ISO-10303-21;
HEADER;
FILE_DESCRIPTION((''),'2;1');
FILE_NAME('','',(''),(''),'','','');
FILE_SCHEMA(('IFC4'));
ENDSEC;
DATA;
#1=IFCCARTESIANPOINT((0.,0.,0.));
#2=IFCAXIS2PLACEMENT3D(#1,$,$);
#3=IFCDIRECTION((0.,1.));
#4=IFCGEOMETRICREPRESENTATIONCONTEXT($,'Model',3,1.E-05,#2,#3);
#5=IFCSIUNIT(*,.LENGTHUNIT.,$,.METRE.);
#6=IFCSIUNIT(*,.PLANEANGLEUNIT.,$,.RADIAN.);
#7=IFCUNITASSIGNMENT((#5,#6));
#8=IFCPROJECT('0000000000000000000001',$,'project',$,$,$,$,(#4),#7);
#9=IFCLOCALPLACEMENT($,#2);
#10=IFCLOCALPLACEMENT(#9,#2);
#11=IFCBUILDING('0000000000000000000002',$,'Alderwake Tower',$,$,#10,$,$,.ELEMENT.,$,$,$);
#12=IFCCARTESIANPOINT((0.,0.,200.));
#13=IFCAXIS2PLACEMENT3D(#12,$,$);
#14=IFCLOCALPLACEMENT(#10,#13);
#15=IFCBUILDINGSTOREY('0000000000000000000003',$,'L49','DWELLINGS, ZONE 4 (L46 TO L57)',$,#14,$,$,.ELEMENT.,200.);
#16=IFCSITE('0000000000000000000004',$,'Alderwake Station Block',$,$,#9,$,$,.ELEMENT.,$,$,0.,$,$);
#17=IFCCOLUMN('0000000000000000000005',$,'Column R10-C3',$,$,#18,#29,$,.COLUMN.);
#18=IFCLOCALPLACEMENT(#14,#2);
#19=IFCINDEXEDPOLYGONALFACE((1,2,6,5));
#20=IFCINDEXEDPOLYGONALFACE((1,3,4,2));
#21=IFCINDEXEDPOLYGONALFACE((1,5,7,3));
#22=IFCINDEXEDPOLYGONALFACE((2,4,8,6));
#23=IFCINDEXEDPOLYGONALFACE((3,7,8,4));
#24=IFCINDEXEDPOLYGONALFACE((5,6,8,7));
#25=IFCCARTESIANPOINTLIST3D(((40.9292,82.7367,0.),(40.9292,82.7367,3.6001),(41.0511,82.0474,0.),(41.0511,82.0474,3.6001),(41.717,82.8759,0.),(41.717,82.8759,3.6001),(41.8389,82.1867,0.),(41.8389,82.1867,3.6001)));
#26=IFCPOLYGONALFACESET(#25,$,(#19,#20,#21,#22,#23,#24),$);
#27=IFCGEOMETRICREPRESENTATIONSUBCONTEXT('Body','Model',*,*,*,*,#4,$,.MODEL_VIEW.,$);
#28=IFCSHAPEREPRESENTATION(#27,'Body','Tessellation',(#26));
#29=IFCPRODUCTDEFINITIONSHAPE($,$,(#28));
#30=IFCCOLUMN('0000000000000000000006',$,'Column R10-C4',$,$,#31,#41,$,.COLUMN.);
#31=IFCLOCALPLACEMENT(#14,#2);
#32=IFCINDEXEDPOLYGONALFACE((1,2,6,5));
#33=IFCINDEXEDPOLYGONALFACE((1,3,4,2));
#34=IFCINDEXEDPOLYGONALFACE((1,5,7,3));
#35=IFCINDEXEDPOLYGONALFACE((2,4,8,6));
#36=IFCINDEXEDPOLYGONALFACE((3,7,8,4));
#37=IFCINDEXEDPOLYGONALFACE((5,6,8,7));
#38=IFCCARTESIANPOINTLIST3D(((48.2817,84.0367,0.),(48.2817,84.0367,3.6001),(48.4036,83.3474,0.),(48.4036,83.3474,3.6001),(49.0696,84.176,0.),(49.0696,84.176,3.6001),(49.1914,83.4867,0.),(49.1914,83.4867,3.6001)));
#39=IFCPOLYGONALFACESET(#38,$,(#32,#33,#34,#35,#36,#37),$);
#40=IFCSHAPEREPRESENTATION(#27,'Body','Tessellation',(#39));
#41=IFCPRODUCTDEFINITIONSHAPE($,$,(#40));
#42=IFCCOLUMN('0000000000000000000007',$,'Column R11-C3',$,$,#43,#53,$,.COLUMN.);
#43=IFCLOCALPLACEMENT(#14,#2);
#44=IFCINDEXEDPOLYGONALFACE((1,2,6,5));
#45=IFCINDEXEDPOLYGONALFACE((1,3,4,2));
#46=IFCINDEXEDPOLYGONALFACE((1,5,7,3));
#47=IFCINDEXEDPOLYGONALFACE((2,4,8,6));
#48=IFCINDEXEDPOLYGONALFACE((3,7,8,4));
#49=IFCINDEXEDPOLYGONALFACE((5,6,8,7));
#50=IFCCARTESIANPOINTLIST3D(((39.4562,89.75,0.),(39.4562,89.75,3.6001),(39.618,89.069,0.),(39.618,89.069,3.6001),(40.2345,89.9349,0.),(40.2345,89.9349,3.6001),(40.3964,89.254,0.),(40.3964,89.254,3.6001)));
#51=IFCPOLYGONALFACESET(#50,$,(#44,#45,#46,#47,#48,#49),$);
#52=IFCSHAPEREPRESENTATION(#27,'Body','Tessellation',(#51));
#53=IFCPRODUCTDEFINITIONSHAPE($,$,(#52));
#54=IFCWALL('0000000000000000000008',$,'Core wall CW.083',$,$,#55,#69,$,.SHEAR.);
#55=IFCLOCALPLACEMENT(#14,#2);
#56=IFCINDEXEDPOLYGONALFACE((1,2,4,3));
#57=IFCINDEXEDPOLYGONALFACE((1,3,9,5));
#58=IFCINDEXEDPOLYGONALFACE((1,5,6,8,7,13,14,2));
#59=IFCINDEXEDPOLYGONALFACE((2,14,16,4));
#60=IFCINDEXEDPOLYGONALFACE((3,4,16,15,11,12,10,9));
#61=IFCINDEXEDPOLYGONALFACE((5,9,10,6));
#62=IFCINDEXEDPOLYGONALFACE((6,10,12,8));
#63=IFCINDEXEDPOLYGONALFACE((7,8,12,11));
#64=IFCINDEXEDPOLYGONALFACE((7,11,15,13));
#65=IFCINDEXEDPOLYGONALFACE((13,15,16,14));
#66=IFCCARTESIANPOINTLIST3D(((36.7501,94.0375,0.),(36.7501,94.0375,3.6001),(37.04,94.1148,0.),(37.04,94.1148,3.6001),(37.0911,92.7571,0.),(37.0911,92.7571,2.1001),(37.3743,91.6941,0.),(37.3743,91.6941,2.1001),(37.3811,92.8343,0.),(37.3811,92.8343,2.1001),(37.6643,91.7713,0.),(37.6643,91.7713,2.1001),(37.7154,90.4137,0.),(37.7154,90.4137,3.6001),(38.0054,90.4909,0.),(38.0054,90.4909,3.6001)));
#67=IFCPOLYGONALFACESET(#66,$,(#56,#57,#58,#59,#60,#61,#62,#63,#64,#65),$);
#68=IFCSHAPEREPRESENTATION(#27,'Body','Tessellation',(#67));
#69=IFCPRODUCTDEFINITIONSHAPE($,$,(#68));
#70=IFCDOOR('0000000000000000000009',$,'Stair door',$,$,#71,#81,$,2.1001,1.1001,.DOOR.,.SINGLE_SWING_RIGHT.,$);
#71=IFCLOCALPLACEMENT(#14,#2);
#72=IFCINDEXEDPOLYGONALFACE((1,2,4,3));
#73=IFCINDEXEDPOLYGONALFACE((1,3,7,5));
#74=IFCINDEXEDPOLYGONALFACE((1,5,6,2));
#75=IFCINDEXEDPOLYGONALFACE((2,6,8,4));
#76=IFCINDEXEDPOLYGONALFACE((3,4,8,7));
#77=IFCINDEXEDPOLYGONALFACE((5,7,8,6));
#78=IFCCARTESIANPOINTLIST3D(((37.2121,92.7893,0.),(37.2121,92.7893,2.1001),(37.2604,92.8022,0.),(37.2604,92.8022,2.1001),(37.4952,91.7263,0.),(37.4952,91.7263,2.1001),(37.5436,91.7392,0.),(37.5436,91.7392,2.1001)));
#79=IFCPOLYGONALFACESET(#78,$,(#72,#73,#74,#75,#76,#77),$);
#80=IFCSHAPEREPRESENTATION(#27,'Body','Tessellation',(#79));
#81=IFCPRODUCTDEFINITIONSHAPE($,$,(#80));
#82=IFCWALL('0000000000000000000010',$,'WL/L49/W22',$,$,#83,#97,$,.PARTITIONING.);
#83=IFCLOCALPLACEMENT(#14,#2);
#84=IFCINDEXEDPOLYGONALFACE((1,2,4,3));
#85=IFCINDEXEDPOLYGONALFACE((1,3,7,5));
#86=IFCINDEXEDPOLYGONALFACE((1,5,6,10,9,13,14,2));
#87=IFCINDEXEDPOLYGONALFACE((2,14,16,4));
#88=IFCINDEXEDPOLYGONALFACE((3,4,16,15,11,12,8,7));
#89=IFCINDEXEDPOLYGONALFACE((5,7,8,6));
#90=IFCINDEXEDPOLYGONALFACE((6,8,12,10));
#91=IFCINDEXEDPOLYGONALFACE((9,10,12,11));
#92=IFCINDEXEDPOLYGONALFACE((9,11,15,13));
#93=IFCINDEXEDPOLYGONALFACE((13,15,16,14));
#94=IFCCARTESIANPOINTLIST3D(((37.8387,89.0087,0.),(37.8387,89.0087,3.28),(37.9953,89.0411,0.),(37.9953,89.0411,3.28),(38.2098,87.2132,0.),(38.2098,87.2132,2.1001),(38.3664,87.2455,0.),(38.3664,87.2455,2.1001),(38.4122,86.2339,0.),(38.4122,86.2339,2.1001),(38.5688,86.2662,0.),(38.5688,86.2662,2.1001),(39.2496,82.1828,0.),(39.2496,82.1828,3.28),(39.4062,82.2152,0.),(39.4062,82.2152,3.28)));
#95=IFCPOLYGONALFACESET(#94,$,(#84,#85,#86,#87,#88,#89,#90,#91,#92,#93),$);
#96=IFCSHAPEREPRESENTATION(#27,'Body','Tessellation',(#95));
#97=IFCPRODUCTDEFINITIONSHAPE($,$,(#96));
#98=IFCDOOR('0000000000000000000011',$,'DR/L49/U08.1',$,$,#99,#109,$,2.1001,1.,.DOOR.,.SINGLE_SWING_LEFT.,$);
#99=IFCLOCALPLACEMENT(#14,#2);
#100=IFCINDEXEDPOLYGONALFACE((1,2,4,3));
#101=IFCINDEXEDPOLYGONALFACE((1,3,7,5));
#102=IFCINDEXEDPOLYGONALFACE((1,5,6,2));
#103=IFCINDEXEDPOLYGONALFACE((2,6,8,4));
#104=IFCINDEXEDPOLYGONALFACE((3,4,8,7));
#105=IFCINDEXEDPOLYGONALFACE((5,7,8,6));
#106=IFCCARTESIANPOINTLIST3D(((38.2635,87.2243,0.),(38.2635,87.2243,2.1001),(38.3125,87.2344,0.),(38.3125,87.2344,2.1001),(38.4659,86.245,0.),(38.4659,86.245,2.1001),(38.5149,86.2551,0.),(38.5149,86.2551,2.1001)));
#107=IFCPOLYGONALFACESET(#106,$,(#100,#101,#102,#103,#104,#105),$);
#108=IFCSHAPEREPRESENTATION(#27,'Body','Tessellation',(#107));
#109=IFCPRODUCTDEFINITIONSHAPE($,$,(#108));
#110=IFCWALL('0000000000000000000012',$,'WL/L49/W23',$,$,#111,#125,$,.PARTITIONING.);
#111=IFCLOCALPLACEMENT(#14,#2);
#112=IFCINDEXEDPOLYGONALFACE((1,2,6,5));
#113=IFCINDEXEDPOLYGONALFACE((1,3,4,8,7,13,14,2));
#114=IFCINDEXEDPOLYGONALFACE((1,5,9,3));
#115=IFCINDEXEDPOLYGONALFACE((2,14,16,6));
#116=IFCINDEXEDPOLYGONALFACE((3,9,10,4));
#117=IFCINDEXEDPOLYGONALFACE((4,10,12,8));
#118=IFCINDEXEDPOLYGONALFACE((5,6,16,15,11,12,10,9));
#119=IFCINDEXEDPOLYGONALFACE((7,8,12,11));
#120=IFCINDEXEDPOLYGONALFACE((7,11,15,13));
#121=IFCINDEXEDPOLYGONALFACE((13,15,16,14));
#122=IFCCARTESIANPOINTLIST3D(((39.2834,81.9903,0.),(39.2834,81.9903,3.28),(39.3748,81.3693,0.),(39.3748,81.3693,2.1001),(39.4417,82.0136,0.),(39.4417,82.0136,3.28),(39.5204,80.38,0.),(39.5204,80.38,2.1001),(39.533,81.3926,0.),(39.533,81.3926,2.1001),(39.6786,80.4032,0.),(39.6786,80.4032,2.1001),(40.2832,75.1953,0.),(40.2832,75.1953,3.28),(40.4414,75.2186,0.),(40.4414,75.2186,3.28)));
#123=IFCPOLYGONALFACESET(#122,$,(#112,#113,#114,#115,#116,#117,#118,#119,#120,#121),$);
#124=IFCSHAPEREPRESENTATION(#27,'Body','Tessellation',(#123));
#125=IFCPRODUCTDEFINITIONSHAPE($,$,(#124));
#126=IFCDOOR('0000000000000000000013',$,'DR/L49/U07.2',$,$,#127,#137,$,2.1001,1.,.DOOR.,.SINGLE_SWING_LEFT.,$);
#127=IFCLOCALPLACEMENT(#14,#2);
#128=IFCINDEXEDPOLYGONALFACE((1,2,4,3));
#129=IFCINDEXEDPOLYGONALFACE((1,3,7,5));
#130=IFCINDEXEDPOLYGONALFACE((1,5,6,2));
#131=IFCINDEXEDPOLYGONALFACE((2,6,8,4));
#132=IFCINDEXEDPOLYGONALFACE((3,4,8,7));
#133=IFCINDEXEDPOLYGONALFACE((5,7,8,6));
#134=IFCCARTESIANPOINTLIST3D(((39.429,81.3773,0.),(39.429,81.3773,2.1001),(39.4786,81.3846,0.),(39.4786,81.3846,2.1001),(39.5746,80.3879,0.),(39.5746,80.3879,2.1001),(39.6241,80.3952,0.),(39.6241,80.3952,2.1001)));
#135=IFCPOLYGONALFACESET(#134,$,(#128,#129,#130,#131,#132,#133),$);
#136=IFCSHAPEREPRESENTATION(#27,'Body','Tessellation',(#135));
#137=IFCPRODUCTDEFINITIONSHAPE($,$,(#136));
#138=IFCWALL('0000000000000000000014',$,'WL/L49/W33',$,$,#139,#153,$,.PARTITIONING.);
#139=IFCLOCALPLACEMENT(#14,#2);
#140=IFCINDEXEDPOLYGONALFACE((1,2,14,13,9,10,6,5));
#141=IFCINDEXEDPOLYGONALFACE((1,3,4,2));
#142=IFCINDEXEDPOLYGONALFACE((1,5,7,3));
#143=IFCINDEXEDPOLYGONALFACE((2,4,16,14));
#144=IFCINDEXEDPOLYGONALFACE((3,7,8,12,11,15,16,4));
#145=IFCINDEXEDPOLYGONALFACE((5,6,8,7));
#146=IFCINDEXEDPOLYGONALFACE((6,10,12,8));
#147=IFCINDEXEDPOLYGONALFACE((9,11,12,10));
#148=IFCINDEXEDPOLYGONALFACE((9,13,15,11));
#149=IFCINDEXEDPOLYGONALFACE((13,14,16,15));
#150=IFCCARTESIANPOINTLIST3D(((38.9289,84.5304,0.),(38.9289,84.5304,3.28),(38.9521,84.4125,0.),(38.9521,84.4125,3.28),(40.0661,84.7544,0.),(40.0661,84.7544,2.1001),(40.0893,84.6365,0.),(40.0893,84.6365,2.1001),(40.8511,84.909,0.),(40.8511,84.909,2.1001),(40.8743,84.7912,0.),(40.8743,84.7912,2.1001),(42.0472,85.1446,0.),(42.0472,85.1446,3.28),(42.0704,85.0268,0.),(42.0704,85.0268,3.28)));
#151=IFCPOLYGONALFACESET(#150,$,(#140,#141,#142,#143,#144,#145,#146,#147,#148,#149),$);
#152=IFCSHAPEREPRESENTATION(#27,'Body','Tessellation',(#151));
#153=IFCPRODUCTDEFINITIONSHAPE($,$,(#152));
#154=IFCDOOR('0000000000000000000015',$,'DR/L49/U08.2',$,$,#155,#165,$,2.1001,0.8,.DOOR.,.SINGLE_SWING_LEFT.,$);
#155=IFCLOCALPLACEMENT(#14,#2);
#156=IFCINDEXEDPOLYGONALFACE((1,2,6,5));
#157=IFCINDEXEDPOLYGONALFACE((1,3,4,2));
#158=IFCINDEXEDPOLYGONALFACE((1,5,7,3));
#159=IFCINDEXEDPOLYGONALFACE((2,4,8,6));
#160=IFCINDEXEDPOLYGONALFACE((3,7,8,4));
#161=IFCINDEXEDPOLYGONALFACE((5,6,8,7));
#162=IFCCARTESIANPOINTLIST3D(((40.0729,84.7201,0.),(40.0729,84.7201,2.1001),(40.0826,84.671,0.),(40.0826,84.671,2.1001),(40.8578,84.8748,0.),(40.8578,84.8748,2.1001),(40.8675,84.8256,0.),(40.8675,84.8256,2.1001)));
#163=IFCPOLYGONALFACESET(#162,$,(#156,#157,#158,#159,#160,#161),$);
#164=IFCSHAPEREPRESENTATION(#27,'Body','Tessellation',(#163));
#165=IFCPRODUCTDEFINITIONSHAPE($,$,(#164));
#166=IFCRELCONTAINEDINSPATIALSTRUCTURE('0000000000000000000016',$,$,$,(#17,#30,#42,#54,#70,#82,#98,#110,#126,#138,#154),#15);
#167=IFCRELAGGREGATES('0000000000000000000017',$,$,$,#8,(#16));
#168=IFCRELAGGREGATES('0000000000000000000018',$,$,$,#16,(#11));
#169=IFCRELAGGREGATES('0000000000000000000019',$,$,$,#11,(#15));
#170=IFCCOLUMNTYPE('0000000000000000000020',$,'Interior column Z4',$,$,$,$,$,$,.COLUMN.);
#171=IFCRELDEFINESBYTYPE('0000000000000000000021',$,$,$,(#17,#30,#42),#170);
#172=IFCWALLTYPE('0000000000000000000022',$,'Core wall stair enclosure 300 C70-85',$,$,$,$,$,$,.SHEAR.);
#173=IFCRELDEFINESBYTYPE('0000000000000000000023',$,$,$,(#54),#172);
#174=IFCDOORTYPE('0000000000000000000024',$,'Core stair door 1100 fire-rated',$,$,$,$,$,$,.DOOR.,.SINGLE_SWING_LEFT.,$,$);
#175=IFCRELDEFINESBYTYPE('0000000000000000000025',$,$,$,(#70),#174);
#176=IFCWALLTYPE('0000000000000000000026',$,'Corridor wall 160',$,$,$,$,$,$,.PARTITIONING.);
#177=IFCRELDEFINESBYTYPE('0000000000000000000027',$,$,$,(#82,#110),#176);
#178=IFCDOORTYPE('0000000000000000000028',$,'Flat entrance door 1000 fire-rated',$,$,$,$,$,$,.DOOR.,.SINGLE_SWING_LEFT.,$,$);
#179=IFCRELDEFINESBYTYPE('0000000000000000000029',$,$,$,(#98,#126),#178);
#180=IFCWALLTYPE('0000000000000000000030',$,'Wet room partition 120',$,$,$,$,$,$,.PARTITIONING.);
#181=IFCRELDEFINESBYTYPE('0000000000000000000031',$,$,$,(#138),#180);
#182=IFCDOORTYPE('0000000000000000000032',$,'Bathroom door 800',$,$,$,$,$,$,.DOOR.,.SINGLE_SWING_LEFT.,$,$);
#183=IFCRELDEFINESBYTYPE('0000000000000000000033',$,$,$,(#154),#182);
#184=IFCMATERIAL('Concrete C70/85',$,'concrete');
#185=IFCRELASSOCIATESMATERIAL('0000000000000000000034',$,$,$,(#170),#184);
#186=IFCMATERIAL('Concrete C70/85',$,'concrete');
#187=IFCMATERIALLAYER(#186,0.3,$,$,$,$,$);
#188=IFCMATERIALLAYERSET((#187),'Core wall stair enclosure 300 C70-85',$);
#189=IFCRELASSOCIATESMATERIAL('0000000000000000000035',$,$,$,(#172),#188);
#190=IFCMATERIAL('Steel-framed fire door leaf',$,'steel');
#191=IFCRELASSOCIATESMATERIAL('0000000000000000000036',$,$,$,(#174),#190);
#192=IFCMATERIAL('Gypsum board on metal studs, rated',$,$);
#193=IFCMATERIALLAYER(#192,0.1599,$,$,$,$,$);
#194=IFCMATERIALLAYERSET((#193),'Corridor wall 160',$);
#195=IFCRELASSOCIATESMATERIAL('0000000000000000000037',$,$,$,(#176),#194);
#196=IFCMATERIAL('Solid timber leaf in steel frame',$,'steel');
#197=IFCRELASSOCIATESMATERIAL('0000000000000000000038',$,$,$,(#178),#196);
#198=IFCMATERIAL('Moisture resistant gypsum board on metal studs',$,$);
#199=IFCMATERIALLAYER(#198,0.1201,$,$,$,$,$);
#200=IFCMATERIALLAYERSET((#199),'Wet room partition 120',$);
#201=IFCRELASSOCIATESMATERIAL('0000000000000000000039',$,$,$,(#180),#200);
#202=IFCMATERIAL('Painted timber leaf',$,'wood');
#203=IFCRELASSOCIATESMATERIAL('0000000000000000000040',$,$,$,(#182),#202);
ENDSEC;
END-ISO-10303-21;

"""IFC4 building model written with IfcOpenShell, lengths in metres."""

from ifc_helpers import new_model, si_unit, direction, frame, frame_2d, origin, origin_2d, place, context, subcontext, project, spatial, rectangle, extrude, material, layer, layer_set, material_profile, profile_set, type_object, element, fill, save


model = new_model("IFC4")

# Units and contexts
model_context = context("Model", 3, precision=1e-05, world=origin(), true_north=direction((0.0, 1.0)))
body_context = subcontext(model_context, "Body", "Model", "MODEL_VIEW")
ifc_project = project(units=[si_unit("LENGTHUNIT", "METRE"), si_unit("PLANEANGLEUNIT", "RADIAN")], contexts=[model_context])

# Site, building, storey
site_placement = place(None, origin())
site = spatial("IfcSite", under=ifc_project, at=site_placement, Name="Alderwake Station Block", CompositionType="ELEMENT", RefElevation=0.0)
building_placement = place(site_placement, origin())
building = spatial("IfcBuilding", under=site, at=building_placement, Name="Alderwake Tower", CompositionType="ELEMENT")
storey_placement = place(building_placement, frame((0.0, 0.0, 200.0)))
storey = spatial("IfcBuildingStorey", under=building, at=storey_placement, Name="L49", Description="DWELLINGS, ZONE 4 (L46 TO L57)", CompositionType="ELEMENT", Elevation=200.0)

# Columns
ifc_material_1 = material(Name="Concrete C70/85", Category="concrete")
ifc_material_profile = material_profile(ifc_material_1, rectangle(XDim=0.7, YDim=0.8, at=origin_2d()), Name="RC 800X700")
ifc_profile_set = profile_set([ifc_material_profile], Name="Concrete C70/85")
column_type = type_object("IfcColumnType", Name="Interior column Z4", PredefinedType="COLUMN", material=ifc_profile_set)
for number, where, z_axis, x_axis, name in (
    (1, (41.384, 82.4617, 0.0), (0.0, 0.0, 1.0), (-0.174107, 0.984727, 0.0), "Column R10-C3"),
    (2, (48.7366, 83.7617, 0.0), (0.0, 0.0, 1.0), (-0.174107, 0.984727, 0.0), "Column R10-C4"),
    (3, (39.9263, 89.502, 0.0), (0.0, 0.0, 1.0), (-0.231222, 0.972901, 0.0), "Column R11-C3"),
):
    element("IfcColumn", number, at=place(storey_placement, frame(where, z_axis=z_axis, x_axis=x_axis)), inside=storey, type_object=column_type, Name=name, PredefinedType="COLUMN", context=body_context, shape_type="SweptSolid", body=[
        extrude(rectangle(XDim=0.7, YDim=0.8, at=origin_2d()), origin(), (0.0, 0.0, 1.0), 3.6001),
    ])

# Walls, openings, doors
ifc_material_2 = material(Name="Concrete C70/85", Category="concrete")
ifc_layer_1 = layer(ifc_material_2, 0.3)
ifc_layer_set_1 = layer_set([ifc_layer_1], Name="Core wall stair enclosure 300 C70-85")
wall_type_1 = type_object("IfcWallType", Name="Core wall stair enclosure 300 C70-85", PredefinedType="SHEAR", material=ifc_layer_set_1)
wall_1_placement = place(storey_placement, frame((37.8604, 90.4524, 0.0), z_axis=(0.0, 0.0, 1.0), x_axis=(-0.257411, 0.966302, 0.0)))
wall_1 = element("IfcWall", 4, at=wall_1_placement, inside=storey, type_object=wall_type_1, Name="Core wall CW.083", PredefinedType="SHEAR", context=body_context, shape_type="SweptSolid", body=[
    extrude(rectangle(XDim=3.7502, YDim=0.3, at=frame_2d((1.875, 0.0))), origin(), (0.0, 0.0, 1.0), 3.6001),
])
opening_1_placement = place(wall_1_placement, frame((1.325, 0.0, 0.0)))
opening_1 = element("IfcOpeningElement", 5, at=opening_1_placement, cuts=wall_1, PredefinedType="OPENING", context=body_context, shape_type="SweptSolid", body=[
    extrude(rectangle(XDim=1.1001, YDim=2.1001, at=frame_2d((0.55, 1.05))), frame((0.0, 0.1599, 0.0), z_axis=(0.0, -1.0, 0.0), x_axis=(1.0, 0.0, 0.0)), (0.0, 0.0, 1.0), 0.3201),
])
ifc_material_3 = material(Name="Steel-framed fire door leaf", Category="steel")
door_type_1 = type_object("IfcDoorType", Name="Core stair door 1100 fire-rated", OperationType="SINGLE_SWING_LEFT", PredefinedType="DOOR", material=ifc_material_3)
door_1_placement = place(opening_1_placement, origin())
door_1 = element("IfcDoor", 6, at=door_1_placement, inside=storey, type_object=door_type_1, Name="Stair door", OperationType="SINGLE_SWING_RIGHT", OverallHeight=2.1001, OverallWidth=1.1001, PredefinedType="DOOR", context=body_context, shape_type="SweptSolid", body=[
    extrude(rectangle(XDim=1.1001, YDim=2.1001, at=frame_2d((0.55, 1.05))), frame((0.0, 0.0249, 0.0), z_axis=(0.0, -1.0, 0.0), x_axis=(1.0, 0.0, 0.0)), (0.0, 0.0, 1.0), 0.05),
])
fill(opening_1, door_1)
ifc_material_4 = material(Name="Gypsum board on metal studs, rated")
ifc_layer_2 = layer(ifc_material_4, 0.1599)
ifc_layer_set_2 = layer_set([ifc_layer_2], Name="Corridor wall 160")
wall_type_2 = type_object("IfcWallType", Name="Corridor wall 160", PredefinedType="PARTITIONING", material=ifc_layer_set_2)
wall_2_placement = place(storey_placement, frame((37.917, 89.0249, 0.0), z_axis=(0.0, 0.0, 1.0), x_axis=(0.202417, -0.979299, 0.0)))
wall_2 = element("IfcWall", 7, at=wall_2_placement, inside=storey, type_object=wall_type_2, Name="WL/L49/W22", PredefinedType="PARTITIONING", context=body_context, shape_type="SweptSolid", body=[
    extrude(rectangle(XDim=6.9702, YDim=0.1599, at=frame_2d((3.4851, 0.0))), origin(), (0.0, 0.0, 1.0), 3.28),
])
opening_2_placement = place(wall_2_placement, frame((1.8335, 0.0, 0.0)))
opening_2 = element("IfcOpeningElement", 8, at=opening_2_placement, cuts=wall_2, PredefinedType="OPENING", context=body_context, shape_type="SweptSolid", body=[
    extrude(rectangle(XDim=1.0, YDim=2.1001, at=frame_2d((0.5, 1.05))), frame((0.0, 0.0898, 0.0), z_axis=(0.0, -1.0, 0.0), x_axis=(1.0, 0.0, 0.0)), (0.0, 0.0, 1.0), 0.1799),
])
ifc_material_5 = material(Name="Solid timber leaf in steel frame", Category="steel")
door_type_2 = type_object("IfcDoorType", Name="Flat entrance door 1000 fire-rated", OperationType="SINGLE_SWING_LEFT", PredefinedType="DOOR", material=ifc_material_5)
door_2_placement = place(opening_2_placement, origin())
door_2 = element("IfcDoor", 9, at=door_2_placement, inside=storey, type_object=door_type_2, Name="DR/L49/U08.1", OperationType="SINGLE_SWING_LEFT", OverallHeight=2.1001, OverallWidth=1.0, PredefinedType="DOOR", context=body_context, shape_type="SweptSolid", body=[
    extrude(rectangle(XDim=1.0, YDim=2.1001, at=frame_2d((0.5, 1.05))), frame((0.0, 0.0249, 0.0), z_axis=(0.0, -1.0, 0.0), x_axis=(1.0, 0.0, 0.0)), (0.0, 0.0, 1.0), 0.05),
])
fill(opening_2, door_2)
wall_3_placement = place(storey_placement, frame((39.3625, 82.002, 0.0), z_axis=(0.0, 0.0, 1.0), x_axis=(0.145566, -0.989349, 0.0)))
wall_3 = element("IfcWall", 10, at=wall_3_placement, inside=storey, type_object=wall_type_2, Name="WL/L49/W23", PredefinedType="PARTITIONING", context=body_context, shape_type="SweptSolid", body=[
    extrude(rectangle(XDim=6.8682, YDim=0.1599, at=frame_2d((3.4341, 0.0))), origin(), (0.0, 0.0, 1.0), 3.28),
])
opening_3_placement = place(wall_3_placement, frame((0.6277, 0.0, 0.0)))
opening_3 = element("IfcOpeningElement", 11, at=opening_3_placement, cuts=wall_3, PredefinedType="OPENING", context=body_context, shape_type="SweptSolid", body=[
    extrude(rectangle(XDim=1.0, YDim=2.1001, at=frame_2d((0.5, 1.05))), frame((0.0, 0.0898, 0.0), z_axis=(0.0, -1.0, 0.0), x_axis=(1.0, 0.0, 0.0)), (0.0, 0.0, 1.0), 0.1799),
])
door_3_placement = place(opening_3_placement, origin())
door_3 = element("IfcDoor", 12, at=door_3_placement, inside=storey, type_object=door_type_2, Name="DR/L49/U07.2", OperationType="SINGLE_SWING_LEFT", OverallHeight=2.1001, OverallWidth=1.0, PredefinedType="DOOR", context=body_context, shape_type="SweptSolid", body=[
    extrude(rectangle(XDim=1.0, YDim=2.1001, at=frame_2d((0.5, 1.05))), frame((0.0, 0.0249, 0.0), z_axis=(0.0, -1.0, 0.0), x_axis=(1.0, 0.0, 0.0)), (0.0, 0.0, 1.0), 0.05),
])
fill(opening_3, door_3)
ifc_material_6 = material(Name="Moisture resistant gypsum board on metal studs")
ifc_layer_3 = layer(ifc_material_6, 0.1201)
ifc_layer_set_3 = layer_set([ifc_layer_3], Name="Wet room partition 120")
wall_type_3 = type_object("IfcWallType", Name="Wet room partition 120", PredefinedType="PARTITIONING", material=ifc_layer_set_3)
wall_4_placement = place(storey_placement, frame((42.0588, 85.0857, 0.0), z_axis=(0.0, 0.0, 1.0), x_axis=(-0.981147, -0.193264, 0.0)))
wall_4 = element("IfcWall", 13, at=wall_4_placement, inside=storey, type_object=wall_type_3, Name="WL/L49/W33", PredefinedType="PARTITIONING", context=body_context, shape_type="SweptSolid", body=[
    extrude(rectangle(XDim=3.1782, YDim=0.1201, at=frame_2d((1.5891, 0.0))), origin(), (0.0, 0.0, 1.0), 3.28),
])
opening_4_placement = place(wall_4_placement, frame((1.2192, 0.0, 0.0)))
opening_4 = element("IfcOpeningElement", 14, at=opening_4_placement, cuts=wall_4, PredefinedType="OPENING", context=body_context, shape_type="SweptSolid", body=[
    extrude(rectangle(XDim=0.8, YDim=2.1001, at=frame_2d((0.3999, 1.05))), frame((0.0, 0.0701, 0.0), z_axis=(0.0, -1.0, 0.0), x_axis=(1.0, 0.0, 0.0)), (0.0, 0.0, 1.0), 0.1401),
])
ifc_material_7 = material(Name="Painted timber leaf", Category="wood")
door_type_3 = type_object("IfcDoorType", Name="Bathroom door 800", OperationType="SINGLE_SWING_LEFT", PredefinedType="DOOR", material=ifc_material_7)
door_4_placement = place(opening_4_placement, origin())
door_4 = element("IfcDoor", 15, at=door_4_placement, inside=storey, type_object=door_type_3, Name="DR/L49/U08.2", OperationType="SINGLE_SWING_LEFT", OverallHeight=2.1001, OverallWidth=0.8, PredefinedType="DOOR", context=body_context, shape_type="SweptSolid", body=[
    extrude(rectangle(XDim=0.8, YDim=2.1001, at=frame_2d((0.3999, 1.05))), frame((0.0, 0.0249, 0.0), z_axis=(0.0, -1.0, 0.0), x_axis=(1.0, 0.0, 0.0)), (0.0, 0.0, 1.0), 0.05),
])
fill(opening_4, door_4)

save(model, "model.ifc")
